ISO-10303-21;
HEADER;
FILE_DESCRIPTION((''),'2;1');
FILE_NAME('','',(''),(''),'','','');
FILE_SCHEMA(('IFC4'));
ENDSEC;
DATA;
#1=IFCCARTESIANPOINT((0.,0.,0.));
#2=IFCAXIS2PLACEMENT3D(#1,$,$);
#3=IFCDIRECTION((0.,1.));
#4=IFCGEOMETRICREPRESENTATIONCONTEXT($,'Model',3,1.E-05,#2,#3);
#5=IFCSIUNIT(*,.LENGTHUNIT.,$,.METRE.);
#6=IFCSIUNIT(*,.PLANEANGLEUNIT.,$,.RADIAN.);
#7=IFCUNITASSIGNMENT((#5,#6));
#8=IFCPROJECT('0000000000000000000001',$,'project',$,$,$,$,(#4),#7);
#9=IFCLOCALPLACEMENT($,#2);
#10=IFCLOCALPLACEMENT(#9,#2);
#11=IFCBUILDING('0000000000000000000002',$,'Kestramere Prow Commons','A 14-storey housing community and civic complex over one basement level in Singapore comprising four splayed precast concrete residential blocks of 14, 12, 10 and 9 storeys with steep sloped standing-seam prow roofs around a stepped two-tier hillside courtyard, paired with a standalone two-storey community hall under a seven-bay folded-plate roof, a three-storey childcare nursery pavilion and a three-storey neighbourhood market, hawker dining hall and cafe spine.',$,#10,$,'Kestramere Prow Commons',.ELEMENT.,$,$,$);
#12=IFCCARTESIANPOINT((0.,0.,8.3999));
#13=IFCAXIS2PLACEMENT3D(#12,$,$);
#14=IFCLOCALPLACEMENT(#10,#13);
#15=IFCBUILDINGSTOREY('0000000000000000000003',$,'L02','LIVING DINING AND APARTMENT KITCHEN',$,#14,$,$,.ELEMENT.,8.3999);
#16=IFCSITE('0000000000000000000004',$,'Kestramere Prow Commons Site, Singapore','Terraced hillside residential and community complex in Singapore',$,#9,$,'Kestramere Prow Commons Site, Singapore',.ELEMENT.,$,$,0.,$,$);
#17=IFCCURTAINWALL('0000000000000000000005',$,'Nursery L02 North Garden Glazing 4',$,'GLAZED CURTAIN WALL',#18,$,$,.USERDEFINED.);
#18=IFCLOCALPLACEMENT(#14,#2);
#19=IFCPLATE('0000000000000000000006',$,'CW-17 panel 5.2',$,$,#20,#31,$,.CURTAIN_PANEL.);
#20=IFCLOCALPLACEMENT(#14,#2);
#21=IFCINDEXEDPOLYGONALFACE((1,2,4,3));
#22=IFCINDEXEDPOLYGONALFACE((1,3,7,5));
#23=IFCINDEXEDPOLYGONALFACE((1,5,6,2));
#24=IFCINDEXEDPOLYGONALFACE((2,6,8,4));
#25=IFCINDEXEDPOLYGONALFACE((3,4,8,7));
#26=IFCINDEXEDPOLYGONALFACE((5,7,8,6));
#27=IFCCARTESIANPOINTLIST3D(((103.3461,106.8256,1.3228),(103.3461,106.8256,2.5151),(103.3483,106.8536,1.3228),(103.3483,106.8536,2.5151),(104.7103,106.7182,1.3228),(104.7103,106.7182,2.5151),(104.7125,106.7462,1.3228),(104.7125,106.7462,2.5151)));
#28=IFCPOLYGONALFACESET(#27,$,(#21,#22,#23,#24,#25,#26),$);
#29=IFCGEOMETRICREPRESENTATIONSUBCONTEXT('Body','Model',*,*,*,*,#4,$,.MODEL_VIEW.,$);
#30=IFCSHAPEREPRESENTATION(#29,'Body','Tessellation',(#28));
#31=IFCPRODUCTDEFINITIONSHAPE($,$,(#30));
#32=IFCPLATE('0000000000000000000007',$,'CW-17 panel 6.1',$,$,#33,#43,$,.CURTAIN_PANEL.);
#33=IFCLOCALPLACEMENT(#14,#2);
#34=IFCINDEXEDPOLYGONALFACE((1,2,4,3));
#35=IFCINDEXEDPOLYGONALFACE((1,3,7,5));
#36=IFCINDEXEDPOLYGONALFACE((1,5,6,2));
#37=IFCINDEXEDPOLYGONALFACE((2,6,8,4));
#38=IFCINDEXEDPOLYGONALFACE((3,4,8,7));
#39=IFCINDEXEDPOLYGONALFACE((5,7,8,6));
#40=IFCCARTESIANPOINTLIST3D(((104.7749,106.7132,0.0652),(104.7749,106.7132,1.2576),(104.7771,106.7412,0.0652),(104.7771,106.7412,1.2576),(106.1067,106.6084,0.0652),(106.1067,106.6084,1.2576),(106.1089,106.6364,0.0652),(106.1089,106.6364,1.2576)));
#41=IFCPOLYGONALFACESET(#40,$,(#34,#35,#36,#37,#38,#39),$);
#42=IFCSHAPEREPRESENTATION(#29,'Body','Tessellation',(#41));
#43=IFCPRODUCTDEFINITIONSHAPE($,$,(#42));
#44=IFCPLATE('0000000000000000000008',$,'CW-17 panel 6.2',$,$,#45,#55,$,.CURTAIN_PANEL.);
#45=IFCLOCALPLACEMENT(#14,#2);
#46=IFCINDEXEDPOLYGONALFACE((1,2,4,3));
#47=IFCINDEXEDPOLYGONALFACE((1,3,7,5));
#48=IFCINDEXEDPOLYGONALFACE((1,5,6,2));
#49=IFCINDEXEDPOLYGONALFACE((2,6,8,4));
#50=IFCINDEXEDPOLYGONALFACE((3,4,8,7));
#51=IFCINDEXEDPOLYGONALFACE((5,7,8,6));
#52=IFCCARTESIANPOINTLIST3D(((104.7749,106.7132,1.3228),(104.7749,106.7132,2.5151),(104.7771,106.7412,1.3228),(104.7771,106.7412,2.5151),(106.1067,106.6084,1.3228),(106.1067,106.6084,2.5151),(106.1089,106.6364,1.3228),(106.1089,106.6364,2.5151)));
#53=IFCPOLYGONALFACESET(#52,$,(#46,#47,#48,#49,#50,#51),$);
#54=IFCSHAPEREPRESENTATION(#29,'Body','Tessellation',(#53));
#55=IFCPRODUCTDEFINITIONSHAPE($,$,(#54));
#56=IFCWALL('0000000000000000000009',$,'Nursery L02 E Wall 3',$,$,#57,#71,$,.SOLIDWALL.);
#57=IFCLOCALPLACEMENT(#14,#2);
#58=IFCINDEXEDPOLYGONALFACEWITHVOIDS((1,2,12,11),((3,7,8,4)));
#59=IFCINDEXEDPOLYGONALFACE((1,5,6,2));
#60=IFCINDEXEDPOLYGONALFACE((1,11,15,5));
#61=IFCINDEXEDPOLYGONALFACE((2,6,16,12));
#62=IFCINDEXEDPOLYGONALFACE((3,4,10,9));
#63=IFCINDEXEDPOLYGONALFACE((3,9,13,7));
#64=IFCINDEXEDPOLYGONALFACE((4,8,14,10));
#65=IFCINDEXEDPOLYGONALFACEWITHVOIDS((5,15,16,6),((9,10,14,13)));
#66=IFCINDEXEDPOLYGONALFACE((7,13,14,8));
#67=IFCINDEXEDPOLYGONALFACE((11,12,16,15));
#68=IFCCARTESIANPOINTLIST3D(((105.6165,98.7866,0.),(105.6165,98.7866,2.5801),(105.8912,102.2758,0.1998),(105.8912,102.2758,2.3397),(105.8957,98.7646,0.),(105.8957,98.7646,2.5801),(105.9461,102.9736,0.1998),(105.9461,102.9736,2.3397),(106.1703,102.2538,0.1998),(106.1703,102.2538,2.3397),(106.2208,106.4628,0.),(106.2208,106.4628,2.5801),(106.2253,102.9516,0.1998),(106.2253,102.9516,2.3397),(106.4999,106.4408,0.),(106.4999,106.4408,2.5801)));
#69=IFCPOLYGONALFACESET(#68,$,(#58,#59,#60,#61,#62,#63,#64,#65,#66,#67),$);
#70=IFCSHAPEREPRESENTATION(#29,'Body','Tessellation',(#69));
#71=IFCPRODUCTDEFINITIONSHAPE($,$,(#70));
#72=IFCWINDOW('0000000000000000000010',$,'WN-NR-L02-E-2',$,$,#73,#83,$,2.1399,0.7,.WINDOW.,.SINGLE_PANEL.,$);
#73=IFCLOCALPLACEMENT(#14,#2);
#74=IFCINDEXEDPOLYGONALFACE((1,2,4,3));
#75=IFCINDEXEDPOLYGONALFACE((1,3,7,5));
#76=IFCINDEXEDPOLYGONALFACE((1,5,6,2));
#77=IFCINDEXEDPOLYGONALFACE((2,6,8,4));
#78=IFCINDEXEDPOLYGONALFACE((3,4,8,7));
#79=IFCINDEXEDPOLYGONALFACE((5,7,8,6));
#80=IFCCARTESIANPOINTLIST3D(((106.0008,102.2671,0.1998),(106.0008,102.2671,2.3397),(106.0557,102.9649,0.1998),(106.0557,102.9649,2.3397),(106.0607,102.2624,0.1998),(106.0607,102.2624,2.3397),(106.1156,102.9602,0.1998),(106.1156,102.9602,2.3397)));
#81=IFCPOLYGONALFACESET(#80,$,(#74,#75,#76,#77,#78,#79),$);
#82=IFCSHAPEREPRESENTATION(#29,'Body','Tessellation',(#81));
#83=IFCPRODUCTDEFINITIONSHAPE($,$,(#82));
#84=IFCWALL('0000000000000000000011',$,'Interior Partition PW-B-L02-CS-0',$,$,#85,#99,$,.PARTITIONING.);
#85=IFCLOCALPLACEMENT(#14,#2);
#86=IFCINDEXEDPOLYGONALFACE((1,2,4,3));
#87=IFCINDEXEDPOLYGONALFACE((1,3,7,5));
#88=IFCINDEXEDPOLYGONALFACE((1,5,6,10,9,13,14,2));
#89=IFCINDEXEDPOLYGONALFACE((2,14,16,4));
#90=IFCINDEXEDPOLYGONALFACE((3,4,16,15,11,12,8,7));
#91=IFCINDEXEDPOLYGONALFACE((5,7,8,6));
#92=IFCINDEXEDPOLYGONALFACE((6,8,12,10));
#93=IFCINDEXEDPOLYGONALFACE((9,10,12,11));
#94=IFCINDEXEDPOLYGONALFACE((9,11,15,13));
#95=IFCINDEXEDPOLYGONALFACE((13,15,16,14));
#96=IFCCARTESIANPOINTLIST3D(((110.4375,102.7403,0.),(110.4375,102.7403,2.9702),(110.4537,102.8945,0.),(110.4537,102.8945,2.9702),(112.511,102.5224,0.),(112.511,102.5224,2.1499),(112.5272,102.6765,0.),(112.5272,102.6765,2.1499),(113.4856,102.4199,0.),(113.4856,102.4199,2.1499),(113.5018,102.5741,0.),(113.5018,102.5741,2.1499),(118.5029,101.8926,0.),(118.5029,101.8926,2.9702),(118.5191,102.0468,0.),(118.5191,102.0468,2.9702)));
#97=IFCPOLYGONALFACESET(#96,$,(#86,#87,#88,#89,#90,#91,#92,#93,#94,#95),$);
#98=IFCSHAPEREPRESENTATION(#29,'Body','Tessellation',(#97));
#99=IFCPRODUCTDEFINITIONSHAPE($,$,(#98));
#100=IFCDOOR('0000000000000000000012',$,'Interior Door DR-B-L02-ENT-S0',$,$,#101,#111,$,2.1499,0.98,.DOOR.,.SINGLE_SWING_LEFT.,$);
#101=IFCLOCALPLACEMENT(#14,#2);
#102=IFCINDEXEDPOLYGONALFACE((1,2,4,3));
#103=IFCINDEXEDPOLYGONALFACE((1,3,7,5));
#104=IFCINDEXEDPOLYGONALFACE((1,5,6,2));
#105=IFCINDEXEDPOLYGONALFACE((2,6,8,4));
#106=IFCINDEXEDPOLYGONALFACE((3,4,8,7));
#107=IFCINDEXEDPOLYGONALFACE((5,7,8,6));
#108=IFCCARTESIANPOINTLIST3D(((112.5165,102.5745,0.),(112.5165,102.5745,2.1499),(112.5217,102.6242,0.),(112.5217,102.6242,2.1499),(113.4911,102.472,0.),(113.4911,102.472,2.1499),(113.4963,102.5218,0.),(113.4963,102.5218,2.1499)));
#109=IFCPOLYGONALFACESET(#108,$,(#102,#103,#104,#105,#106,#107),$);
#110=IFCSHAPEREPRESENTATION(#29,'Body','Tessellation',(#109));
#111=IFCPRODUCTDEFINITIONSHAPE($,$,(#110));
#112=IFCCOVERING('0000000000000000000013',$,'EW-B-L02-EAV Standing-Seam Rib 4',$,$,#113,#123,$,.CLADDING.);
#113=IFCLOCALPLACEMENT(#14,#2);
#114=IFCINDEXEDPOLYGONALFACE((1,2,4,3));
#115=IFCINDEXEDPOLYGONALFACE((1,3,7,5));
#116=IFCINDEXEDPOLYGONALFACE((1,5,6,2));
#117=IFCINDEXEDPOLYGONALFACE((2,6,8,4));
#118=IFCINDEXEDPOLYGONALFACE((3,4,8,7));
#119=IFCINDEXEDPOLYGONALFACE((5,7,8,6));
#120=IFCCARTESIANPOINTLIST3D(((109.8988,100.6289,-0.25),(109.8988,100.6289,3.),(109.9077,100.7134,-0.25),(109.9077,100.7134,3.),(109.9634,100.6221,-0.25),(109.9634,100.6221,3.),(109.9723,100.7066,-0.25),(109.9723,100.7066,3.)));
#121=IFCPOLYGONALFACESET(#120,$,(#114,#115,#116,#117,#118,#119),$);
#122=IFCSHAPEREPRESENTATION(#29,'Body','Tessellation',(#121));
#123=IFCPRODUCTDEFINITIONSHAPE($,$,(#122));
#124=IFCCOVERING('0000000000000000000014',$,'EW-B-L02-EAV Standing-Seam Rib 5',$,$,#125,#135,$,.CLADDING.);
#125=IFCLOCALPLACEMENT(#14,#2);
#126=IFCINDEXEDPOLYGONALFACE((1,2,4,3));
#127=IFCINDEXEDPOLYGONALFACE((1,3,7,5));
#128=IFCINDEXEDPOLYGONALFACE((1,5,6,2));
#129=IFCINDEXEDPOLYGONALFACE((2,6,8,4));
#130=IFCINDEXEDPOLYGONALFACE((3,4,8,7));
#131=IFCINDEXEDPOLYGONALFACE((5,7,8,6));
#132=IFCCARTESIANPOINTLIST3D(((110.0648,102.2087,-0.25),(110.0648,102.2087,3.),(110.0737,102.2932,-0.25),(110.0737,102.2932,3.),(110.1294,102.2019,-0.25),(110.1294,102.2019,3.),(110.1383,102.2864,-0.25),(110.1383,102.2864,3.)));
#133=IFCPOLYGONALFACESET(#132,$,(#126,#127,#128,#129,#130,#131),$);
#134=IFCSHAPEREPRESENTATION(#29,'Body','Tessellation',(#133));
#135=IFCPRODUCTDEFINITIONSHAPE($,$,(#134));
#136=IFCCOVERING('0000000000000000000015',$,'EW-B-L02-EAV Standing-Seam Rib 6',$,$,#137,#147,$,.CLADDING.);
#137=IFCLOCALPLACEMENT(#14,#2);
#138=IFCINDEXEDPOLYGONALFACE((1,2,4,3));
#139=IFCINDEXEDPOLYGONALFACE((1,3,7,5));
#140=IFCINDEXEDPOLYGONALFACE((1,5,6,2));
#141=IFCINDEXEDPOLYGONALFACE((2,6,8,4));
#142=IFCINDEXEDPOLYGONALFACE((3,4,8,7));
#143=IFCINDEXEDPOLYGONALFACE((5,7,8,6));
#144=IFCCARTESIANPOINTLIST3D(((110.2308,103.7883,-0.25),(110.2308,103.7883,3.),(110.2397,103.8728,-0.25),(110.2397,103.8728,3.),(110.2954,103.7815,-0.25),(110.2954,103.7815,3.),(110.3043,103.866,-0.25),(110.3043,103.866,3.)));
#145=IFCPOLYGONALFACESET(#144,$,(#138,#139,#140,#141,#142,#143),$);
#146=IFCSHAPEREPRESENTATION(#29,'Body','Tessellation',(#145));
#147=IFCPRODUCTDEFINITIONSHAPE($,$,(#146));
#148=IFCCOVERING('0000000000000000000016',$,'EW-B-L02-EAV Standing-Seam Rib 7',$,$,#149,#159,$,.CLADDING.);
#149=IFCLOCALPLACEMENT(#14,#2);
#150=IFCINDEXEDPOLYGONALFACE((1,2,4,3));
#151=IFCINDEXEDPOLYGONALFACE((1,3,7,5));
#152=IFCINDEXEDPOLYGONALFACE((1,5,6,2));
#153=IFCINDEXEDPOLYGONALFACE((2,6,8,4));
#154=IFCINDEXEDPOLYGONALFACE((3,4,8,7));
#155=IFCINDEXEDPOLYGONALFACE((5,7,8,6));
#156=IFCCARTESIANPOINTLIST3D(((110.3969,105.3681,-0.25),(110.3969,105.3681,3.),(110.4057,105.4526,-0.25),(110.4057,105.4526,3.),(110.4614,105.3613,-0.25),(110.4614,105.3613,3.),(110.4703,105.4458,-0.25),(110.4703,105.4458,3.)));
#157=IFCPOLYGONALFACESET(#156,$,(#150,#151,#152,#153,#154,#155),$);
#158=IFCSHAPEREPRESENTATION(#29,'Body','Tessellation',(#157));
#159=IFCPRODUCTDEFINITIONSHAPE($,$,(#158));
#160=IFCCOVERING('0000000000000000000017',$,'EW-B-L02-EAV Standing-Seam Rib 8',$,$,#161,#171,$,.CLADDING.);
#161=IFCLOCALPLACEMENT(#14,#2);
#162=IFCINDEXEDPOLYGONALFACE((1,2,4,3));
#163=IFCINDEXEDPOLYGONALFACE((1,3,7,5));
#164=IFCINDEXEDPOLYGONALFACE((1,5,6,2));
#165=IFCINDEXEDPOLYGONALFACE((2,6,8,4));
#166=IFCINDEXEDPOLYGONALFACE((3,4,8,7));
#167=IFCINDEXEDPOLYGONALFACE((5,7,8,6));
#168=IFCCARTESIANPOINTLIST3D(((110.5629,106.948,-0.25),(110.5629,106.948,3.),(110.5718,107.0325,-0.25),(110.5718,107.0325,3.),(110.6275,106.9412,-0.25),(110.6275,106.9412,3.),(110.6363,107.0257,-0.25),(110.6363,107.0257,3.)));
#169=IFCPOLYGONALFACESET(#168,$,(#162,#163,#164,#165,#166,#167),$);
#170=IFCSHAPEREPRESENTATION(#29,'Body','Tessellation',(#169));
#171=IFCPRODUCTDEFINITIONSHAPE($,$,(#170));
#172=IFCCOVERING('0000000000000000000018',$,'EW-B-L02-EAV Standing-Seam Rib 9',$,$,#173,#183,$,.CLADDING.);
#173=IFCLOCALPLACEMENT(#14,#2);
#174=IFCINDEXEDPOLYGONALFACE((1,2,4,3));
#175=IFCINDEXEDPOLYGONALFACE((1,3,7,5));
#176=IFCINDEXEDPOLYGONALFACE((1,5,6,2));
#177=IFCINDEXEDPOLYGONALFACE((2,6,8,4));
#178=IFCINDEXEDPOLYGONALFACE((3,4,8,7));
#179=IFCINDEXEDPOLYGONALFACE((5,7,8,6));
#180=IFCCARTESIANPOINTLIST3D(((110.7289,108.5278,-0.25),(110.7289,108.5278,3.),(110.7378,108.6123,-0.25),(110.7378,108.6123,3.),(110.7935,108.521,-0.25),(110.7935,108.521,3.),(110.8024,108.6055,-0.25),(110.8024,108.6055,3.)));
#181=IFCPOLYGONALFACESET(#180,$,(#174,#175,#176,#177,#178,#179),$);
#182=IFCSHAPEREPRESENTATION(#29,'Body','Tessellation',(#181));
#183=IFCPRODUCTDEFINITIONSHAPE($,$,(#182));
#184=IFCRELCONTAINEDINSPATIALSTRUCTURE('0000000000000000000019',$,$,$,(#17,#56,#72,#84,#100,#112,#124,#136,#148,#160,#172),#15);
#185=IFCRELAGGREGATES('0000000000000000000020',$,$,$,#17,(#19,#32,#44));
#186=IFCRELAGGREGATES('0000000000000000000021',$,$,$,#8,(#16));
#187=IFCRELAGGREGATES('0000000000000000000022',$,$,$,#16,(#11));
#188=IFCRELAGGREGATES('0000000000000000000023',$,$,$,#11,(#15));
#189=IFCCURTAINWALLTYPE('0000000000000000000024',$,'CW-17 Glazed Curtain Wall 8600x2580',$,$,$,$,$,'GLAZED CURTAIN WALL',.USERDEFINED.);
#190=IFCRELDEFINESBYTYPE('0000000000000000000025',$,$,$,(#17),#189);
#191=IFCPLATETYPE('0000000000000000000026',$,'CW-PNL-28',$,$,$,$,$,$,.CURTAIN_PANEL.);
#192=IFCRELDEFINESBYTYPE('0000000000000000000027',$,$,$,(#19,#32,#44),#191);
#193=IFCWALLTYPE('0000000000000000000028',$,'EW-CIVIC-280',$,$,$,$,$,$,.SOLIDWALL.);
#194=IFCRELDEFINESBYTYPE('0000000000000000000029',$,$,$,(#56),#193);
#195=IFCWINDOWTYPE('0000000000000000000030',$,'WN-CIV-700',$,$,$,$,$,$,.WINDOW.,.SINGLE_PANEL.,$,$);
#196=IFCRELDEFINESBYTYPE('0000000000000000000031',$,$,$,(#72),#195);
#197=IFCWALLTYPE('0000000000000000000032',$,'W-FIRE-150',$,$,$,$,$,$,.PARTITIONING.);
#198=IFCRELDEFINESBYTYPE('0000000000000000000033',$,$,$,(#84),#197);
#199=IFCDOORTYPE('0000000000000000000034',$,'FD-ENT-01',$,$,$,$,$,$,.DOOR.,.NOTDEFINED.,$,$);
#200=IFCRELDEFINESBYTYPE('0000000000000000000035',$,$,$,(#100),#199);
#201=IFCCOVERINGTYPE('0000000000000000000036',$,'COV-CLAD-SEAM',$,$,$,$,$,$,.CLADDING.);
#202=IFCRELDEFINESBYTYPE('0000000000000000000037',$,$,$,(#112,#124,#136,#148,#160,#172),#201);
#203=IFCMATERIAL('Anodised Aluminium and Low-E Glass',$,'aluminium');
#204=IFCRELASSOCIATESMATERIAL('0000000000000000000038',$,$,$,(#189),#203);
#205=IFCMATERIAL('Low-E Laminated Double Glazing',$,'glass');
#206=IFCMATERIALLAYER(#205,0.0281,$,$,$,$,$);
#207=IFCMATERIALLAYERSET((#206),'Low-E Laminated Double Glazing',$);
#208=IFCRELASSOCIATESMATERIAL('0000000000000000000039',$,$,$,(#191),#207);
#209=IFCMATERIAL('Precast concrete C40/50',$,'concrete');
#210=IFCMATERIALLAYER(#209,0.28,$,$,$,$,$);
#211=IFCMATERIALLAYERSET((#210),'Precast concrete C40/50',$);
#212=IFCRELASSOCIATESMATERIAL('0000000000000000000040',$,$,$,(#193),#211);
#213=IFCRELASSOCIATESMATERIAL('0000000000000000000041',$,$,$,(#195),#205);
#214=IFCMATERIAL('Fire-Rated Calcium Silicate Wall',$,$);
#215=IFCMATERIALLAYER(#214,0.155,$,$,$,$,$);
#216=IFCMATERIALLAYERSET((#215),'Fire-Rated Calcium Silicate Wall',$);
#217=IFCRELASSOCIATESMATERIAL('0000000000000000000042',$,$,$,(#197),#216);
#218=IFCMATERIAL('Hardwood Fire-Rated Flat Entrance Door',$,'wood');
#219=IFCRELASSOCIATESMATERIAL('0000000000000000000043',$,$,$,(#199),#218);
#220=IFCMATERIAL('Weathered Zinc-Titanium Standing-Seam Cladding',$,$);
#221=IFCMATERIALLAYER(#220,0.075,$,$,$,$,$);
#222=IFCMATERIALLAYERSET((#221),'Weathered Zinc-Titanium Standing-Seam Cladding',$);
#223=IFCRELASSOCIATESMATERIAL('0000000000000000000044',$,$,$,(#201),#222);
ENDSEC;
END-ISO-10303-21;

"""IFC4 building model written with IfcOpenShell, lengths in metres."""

from ifc_helpers import new_model, si_unit, direction, frame, frame_2d, origin, origin_2d, place, context, subcontext, project, spatial, rectangle, extrude, material, layer, layer_set, type_object, element, fill, aggregate, save


model = new_model("IFC4")

# Units and contexts
model_context = context("Model", 3, precision=1e-05, world=origin(), true_north=direction((0.0, 1.0)))
body_context = subcontext(model_context, "Body", "Model", "MODEL_VIEW")
ifc_project = project(units=[si_unit("LENGTHUNIT", "METRE"), si_unit("PLANEANGLEUNIT", "RADIAN")], contexts=[model_context])

# Site, building, storey
site_placement = place(None, origin())
site = spatial("IfcSite", under=ifc_project, at=site_placement, Name="Kestramere Prow Commons Site, Singapore", Description="Terraced hillside residential and community complex in Singapore", LongName="Kestramere Prow Commons Site, Singapore", CompositionType="ELEMENT", RefElevation=0.0)
building_placement = place(site_placement, origin())
building = spatial("IfcBuilding", under=site, at=building_placement, Name="Kestramere Prow Commons", Description="A 14-storey housing community and civic complex over one basement level in Singapore comprising four splayed precast concrete residential blocks of 14, 12, 10 and 9 storeys with steep sloped standing-seam prow roofs around a stepped two-tier hillside courtyard, paired with a standalone two-storey community hall under a seven-bay folded-plate roof, a three-storey childcare nursery pavilion and a three-storey neighbourhood market, hawker dining hall and cafe spine.", LongName="Kestramere Prow Commons", CompositionType="ELEMENT")
storey_placement = place(building_placement, frame((0.0, 0.0, 8.3999)))
storey = spatial("IfcBuildingStorey", under=building, at=storey_placement, Name="L02", Description="LIVING DINING AND APARTMENT KITCHEN", CompositionType="ELEMENT", Elevation=8.3999)

# Shared definitions
ifc_material_1 = material(Name="Precast concrete C40/50", Category="concrete")

# Curtain wall, plates
ifc_material_2 = material(Name="Anodised Aluminium and Low-E Glass", Category="aluminium")
curtain_wall_type = type_object("IfcCurtainWallType", Name="CW-17 Glazed Curtain Wall 8600x2580", ElementType="GLAZED CURTAIN WALL", PredefinedType="USERDEFINED", material=ifc_material_2)
curtain_wall_placement = place(storey_placement, origin())
curtain_wall = element("IfcCurtainWall", 1, at=curtain_wall_placement, inside=storey, type_object=curtain_wall_type, Name="Nursery L02 North Garden Glazing 4", ObjectType="GLAZED CURTAIN WALL", PredefinedType="USERDEFINED")
ifc_material_3 = material(Name="Low-E Laminated Double Glazing", Category="glass")
ifc_layer_1 = layer(ifc_material_3, 0.0281)
ifc_layer_set_1 = layer_set([ifc_layer_1], Name="Low-E Laminated Double Glazing")
plate_type = type_object("IfcPlateType", Name="CW-PNL-28", PredefinedType="CURTAIN_PANEL", material=ifc_layer_set_1)
plate_1_placement = place(storey_placement, frame((104.0293, 106.7859, 1.3228), z_axis=(0.0, 0.0, 1.0), x_axis=(0.996917, -0.078459, 0.0)))
plate_1 = element("IfcPlate", 2, at=plate_1_placement, type_object=plate_type, Name="CW-17 panel 5.2", PredefinedType="CURTAIN_PANEL", context=body_context, shape_type="SweptSolid", body=[
    extrude(rectangle(XDim=1.3684, YDim=0.0281, at=origin_2d()), origin(), (0.0, 0.0, 1.0), 1.1924),
])
plate_2_placement = place(storey_placement, frame((105.4419, 106.6748, 0.0652), z_axis=(0.0, 0.0, 1.0), x_axis=(0.996917, -0.078459, 0.0)))
plate_2 = element("IfcPlate", 3, at=plate_2_placement, type_object=plate_type, Name="CW-17 panel 6.1", PredefinedType="CURTAIN_PANEL", context=body_context, shape_type="SweptSolid", body=[
    extrude(rectangle(XDim=1.3359, YDim=0.0281, at=origin_2d()), origin(), (0.0, 0.0, 1.0), 1.1924),
])
plate_3_placement = place(storey_placement, frame((105.4419, 106.6748, 1.3228), z_axis=(0.0, 0.0, 1.0), x_axis=(0.996917, -0.078459, 0.0)))
plate_3 = element("IfcPlate", 4, at=plate_3_placement, type_object=plate_type, Name="CW-17 panel 6.2", PredefinedType="CURTAIN_PANEL", context=body_context, shape_type="SweptSolid", body=[
    extrude(rectangle(XDim=1.3359, YDim=0.0281, at=origin_2d()), origin(), (0.0, 0.0, 1.0), 1.1924),
])
aggregate(curtain_wall, [plate_1, plate_2, plate_3])

# Wall, opening, window
ifc_layer_2 = layer(ifc_material_1, 0.28)
ifc_layer_set_2 = layer_set([ifc_layer_2], Name="Precast concrete C40/50")
wall_type_1 = type_object("IfcWallType", Name="EW-CIVIC-280", PredefinedType="SOLIDWALL", material=ifc_layer_set_2)
wall_1_placement = place(storey_placement, frame((106.3604, 106.4519, 0.0), z_axis=(0.0, 0.0, 1.0), x_axis=(-0.078474, -0.996916, 0.0)))
wall_1 = element("IfcWall", 5, at=wall_1_placement, inside=storey, type_object=wall_type_1, Name="Nursery L02 E Wall 3", PredefinedType="SOLIDWALL", context=body_context, shape_type="SweptSolid", body=[
    extrude(rectangle(XDim=7.7, YDim=0.28, at=frame_2d((3.8501, 0.0))), origin(), (0.0, 0.0, 1.0), 2.5801),
])
opening_1_placement = place(wall_1_placement, frame((3.5, 0.0, 0.2)))
opening_1 = element("IfcOpeningElement", 6, at=opening_1_placement, cuts=wall_1, PredefinedType="OPENING", context=body_context, shape_type="SweptSolid", body=[
    extrude(rectangle(XDim=0.7, YDim=2.1399, at=frame_2d((0.3501, 1.0698))), frame((0.0, 0.155, 0.0), z_axis=(0.0, -1.0, 0.0), x_axis=(1.0, 0.0, 0.0)), (0.0, 0.0, 1.0), 0.3101),
])
window_type = type_object("IfcWindowType", Name="WN-CIV-700", PartitioningType="SINGLE_PANEL", PredefinedType="WINDOW", material=ifc_material_3)
window_placement = place(opening_1_placement, origin())
window = element("IfcWindow", 7, at=window_placement, inside=storey, type_object=window_type, Name="WN-NR-L02-E-2", OverallHeight=2.1399, OverallWidth=0.7, PartitioningType="SINGLE_PANEL", PredefinedType="WINDOW", context=body_context, shape_type="SweptSolid", body=[
    extrude(rectangle(XDim=0.7, YDim=2.1399, at=frame_2d((0.3501, 1.0698))), frame((0.0, 0.03, 0.0), z_axis=(0.0, -1.0, 0.0), x_axis=(1.0, 0.0, 0.0)), (0.0, 0.0, 1.0), 0.0601),
])
fill(opening_1, window)

# Wall, opening, door
ifc_material_4 = material(Name="Fire-Rated Calcium Silicate Wall")
ifc_layer_3 = layer(ifc_material_4, 0.155)
ifc_layer_set_3 = layer_set([ifc_layer_3], Name="Fire-Rated Calcium Silicate Wall")
wall_type_2 = type_object("IfcWallType", Name="W-FIRE-150", PredefinedType="PARTITIONING", material=ifc_layer_set_3)
wall_2_placement = place(storey_placement, frame((110.4456, 102.8174, 0.0), z_axis=(0.0, 0.0, 1.0), x_axis=(0.994523, -0.104522, 0.0)))
wall_2 = element("IfcWall", 8, at=wall_2_placement, inside=storey, type_object=wall_type_2, Name="Interior Partition PW-B-L02-CS-0", PredefinedType="PARTITIONING", context=body_context, shape_type="SweptSolid", body=[
    extrude(rectangle(XDim=8.1099, YDim=0.155, at=frame_2d((4.0549, 0.0))), origin(), (0.0, 0.0, 1.0), 2.9702),
])
opening_2_placement = place(wall_2_placement, frame((2.085, 0.0, 0.0)))
opening_2 = element("IfcOpeningElement", 9, at=opening_2_placement, cuts=wall_2, PredefinedType="OPENING", context=body_context, shape_type="SweptSolid", body=[
    extrude(rectangle(XDim=0.98, YDim=2.1499, at=frame_2d((0.49, 1.075))), frame((0.0, 0.0925, 0.0), z_axis=(0.0, -1.0, 0.0), x_axis=(1.0, 0.0, 0.0)), (0.0, 0.0, 1.0), 0.1851),
])
ifc_material_5 = material(Name="Hardwood Fire-Rated Flat Entrance Door", Category="wood")
door_type = type_object("IfcDoorType", Name="FD-ENT-01", OperationType="NOTDEFINED", PredefinedType="DOOR", material=ifc_material_5)
door_placement = place(opening_2_placement, origin())
door = element("IfcDoor", 10, at=door_placement, inside=storey, type_object=door_type, Name="Interior Door DR-B-L02-ENT-S0", OperationType="SINGLE_SWING_LEFT", OverallHeight=2.1499, OverallWidth=0.98, PredefinedType="DOOR", context=body_context, shape_type="SweptSolid", body=[
    extrude(rectangle(XDim=0.98, YDim=2.1499, at=frame_2d((0.49, 1.075))), frame((0.0, 0.0249, 0.0), z_axis=(0.0, -1.0, 0.0), x_axis=(1.0, 0.0, 0.0)), (0.0, 0.0, 1.0), 0.05),
])
fill(opening_2, door)

# Coverings
ifc_material_6 = material(Name="Weathered Zinc-Titanium Standing-Seam Cladding")
ifc_layer_4 = layer(ifc_material_6, 0.075)
ifc_layer_set_4 = layer_set([ifc_layer_4], Name="Weathered Zinc-Titanium Standing-Seam Cladding")
covering_type = type_object("IfcCoveringType", Name="COV-CLAD-SEAM", PredefinedType="CLADDING", material=ifc_layer_set_4)
for number, where, z_axis, x_axis, name in (
    (11, (109.9355, 100.6677, -0.25), (0.0, 0.0, 1.0), (0.104528, 0.994522, 0.0), "EW-B-L02-EAV Standing-Seam Rib 4"),
    (12, (110.1016, 102.2476, -0.25), (0.0, 0.0, 1.0), (0.104528, 0.994522, 0.0), "EW-B-L02-EAV Standing-Seam Rib 5"),
    (13, (110.2676, 103.8271, -0.25), (0.0, 0.0, 1.0), (0.104528, 0.994522, 0.0), "EW-B-L02-EAV Standing-Seam Rib 6"),
    (14, (110.4336, 105.407, -0.25), (0.0, 0.0, 1.0), (0.104528, 0.994522, 0.0), "EW-B-L02-EAV Standing-Seam Rib 7"),
    (15, (110.5996, 106.9868, -0.25), (0.0, 0.0, 1.0), (0.104528, 0.994522, 0.0), "EW-B-L02-EAV Standing-Seam Rib 8"),
    (16, (110.7656, 108.5667, -0.25), (0.0, 0.0, 1.0), (0.104528, 0.994522, 0.0), "EW-B-L02-EAV Standing-Seam Rib 9"),
):
    element("IfcCovering", number, at=place(storey_placement, frame(where, z_axis=z_axis, x_axis=x_axis)), inside=storey, type_object=covering_type, Name=name, PredefinedType="CLADDING", context=body_context, shape_type="SweptSolid", body=[
        extrude(rectangle(XDim=0.085, YDim=0.0649, at=origin_2d()), origin(), (0.0, 0.0, 1.0), 3.25),
    ])

save(model, "model.ifc")
